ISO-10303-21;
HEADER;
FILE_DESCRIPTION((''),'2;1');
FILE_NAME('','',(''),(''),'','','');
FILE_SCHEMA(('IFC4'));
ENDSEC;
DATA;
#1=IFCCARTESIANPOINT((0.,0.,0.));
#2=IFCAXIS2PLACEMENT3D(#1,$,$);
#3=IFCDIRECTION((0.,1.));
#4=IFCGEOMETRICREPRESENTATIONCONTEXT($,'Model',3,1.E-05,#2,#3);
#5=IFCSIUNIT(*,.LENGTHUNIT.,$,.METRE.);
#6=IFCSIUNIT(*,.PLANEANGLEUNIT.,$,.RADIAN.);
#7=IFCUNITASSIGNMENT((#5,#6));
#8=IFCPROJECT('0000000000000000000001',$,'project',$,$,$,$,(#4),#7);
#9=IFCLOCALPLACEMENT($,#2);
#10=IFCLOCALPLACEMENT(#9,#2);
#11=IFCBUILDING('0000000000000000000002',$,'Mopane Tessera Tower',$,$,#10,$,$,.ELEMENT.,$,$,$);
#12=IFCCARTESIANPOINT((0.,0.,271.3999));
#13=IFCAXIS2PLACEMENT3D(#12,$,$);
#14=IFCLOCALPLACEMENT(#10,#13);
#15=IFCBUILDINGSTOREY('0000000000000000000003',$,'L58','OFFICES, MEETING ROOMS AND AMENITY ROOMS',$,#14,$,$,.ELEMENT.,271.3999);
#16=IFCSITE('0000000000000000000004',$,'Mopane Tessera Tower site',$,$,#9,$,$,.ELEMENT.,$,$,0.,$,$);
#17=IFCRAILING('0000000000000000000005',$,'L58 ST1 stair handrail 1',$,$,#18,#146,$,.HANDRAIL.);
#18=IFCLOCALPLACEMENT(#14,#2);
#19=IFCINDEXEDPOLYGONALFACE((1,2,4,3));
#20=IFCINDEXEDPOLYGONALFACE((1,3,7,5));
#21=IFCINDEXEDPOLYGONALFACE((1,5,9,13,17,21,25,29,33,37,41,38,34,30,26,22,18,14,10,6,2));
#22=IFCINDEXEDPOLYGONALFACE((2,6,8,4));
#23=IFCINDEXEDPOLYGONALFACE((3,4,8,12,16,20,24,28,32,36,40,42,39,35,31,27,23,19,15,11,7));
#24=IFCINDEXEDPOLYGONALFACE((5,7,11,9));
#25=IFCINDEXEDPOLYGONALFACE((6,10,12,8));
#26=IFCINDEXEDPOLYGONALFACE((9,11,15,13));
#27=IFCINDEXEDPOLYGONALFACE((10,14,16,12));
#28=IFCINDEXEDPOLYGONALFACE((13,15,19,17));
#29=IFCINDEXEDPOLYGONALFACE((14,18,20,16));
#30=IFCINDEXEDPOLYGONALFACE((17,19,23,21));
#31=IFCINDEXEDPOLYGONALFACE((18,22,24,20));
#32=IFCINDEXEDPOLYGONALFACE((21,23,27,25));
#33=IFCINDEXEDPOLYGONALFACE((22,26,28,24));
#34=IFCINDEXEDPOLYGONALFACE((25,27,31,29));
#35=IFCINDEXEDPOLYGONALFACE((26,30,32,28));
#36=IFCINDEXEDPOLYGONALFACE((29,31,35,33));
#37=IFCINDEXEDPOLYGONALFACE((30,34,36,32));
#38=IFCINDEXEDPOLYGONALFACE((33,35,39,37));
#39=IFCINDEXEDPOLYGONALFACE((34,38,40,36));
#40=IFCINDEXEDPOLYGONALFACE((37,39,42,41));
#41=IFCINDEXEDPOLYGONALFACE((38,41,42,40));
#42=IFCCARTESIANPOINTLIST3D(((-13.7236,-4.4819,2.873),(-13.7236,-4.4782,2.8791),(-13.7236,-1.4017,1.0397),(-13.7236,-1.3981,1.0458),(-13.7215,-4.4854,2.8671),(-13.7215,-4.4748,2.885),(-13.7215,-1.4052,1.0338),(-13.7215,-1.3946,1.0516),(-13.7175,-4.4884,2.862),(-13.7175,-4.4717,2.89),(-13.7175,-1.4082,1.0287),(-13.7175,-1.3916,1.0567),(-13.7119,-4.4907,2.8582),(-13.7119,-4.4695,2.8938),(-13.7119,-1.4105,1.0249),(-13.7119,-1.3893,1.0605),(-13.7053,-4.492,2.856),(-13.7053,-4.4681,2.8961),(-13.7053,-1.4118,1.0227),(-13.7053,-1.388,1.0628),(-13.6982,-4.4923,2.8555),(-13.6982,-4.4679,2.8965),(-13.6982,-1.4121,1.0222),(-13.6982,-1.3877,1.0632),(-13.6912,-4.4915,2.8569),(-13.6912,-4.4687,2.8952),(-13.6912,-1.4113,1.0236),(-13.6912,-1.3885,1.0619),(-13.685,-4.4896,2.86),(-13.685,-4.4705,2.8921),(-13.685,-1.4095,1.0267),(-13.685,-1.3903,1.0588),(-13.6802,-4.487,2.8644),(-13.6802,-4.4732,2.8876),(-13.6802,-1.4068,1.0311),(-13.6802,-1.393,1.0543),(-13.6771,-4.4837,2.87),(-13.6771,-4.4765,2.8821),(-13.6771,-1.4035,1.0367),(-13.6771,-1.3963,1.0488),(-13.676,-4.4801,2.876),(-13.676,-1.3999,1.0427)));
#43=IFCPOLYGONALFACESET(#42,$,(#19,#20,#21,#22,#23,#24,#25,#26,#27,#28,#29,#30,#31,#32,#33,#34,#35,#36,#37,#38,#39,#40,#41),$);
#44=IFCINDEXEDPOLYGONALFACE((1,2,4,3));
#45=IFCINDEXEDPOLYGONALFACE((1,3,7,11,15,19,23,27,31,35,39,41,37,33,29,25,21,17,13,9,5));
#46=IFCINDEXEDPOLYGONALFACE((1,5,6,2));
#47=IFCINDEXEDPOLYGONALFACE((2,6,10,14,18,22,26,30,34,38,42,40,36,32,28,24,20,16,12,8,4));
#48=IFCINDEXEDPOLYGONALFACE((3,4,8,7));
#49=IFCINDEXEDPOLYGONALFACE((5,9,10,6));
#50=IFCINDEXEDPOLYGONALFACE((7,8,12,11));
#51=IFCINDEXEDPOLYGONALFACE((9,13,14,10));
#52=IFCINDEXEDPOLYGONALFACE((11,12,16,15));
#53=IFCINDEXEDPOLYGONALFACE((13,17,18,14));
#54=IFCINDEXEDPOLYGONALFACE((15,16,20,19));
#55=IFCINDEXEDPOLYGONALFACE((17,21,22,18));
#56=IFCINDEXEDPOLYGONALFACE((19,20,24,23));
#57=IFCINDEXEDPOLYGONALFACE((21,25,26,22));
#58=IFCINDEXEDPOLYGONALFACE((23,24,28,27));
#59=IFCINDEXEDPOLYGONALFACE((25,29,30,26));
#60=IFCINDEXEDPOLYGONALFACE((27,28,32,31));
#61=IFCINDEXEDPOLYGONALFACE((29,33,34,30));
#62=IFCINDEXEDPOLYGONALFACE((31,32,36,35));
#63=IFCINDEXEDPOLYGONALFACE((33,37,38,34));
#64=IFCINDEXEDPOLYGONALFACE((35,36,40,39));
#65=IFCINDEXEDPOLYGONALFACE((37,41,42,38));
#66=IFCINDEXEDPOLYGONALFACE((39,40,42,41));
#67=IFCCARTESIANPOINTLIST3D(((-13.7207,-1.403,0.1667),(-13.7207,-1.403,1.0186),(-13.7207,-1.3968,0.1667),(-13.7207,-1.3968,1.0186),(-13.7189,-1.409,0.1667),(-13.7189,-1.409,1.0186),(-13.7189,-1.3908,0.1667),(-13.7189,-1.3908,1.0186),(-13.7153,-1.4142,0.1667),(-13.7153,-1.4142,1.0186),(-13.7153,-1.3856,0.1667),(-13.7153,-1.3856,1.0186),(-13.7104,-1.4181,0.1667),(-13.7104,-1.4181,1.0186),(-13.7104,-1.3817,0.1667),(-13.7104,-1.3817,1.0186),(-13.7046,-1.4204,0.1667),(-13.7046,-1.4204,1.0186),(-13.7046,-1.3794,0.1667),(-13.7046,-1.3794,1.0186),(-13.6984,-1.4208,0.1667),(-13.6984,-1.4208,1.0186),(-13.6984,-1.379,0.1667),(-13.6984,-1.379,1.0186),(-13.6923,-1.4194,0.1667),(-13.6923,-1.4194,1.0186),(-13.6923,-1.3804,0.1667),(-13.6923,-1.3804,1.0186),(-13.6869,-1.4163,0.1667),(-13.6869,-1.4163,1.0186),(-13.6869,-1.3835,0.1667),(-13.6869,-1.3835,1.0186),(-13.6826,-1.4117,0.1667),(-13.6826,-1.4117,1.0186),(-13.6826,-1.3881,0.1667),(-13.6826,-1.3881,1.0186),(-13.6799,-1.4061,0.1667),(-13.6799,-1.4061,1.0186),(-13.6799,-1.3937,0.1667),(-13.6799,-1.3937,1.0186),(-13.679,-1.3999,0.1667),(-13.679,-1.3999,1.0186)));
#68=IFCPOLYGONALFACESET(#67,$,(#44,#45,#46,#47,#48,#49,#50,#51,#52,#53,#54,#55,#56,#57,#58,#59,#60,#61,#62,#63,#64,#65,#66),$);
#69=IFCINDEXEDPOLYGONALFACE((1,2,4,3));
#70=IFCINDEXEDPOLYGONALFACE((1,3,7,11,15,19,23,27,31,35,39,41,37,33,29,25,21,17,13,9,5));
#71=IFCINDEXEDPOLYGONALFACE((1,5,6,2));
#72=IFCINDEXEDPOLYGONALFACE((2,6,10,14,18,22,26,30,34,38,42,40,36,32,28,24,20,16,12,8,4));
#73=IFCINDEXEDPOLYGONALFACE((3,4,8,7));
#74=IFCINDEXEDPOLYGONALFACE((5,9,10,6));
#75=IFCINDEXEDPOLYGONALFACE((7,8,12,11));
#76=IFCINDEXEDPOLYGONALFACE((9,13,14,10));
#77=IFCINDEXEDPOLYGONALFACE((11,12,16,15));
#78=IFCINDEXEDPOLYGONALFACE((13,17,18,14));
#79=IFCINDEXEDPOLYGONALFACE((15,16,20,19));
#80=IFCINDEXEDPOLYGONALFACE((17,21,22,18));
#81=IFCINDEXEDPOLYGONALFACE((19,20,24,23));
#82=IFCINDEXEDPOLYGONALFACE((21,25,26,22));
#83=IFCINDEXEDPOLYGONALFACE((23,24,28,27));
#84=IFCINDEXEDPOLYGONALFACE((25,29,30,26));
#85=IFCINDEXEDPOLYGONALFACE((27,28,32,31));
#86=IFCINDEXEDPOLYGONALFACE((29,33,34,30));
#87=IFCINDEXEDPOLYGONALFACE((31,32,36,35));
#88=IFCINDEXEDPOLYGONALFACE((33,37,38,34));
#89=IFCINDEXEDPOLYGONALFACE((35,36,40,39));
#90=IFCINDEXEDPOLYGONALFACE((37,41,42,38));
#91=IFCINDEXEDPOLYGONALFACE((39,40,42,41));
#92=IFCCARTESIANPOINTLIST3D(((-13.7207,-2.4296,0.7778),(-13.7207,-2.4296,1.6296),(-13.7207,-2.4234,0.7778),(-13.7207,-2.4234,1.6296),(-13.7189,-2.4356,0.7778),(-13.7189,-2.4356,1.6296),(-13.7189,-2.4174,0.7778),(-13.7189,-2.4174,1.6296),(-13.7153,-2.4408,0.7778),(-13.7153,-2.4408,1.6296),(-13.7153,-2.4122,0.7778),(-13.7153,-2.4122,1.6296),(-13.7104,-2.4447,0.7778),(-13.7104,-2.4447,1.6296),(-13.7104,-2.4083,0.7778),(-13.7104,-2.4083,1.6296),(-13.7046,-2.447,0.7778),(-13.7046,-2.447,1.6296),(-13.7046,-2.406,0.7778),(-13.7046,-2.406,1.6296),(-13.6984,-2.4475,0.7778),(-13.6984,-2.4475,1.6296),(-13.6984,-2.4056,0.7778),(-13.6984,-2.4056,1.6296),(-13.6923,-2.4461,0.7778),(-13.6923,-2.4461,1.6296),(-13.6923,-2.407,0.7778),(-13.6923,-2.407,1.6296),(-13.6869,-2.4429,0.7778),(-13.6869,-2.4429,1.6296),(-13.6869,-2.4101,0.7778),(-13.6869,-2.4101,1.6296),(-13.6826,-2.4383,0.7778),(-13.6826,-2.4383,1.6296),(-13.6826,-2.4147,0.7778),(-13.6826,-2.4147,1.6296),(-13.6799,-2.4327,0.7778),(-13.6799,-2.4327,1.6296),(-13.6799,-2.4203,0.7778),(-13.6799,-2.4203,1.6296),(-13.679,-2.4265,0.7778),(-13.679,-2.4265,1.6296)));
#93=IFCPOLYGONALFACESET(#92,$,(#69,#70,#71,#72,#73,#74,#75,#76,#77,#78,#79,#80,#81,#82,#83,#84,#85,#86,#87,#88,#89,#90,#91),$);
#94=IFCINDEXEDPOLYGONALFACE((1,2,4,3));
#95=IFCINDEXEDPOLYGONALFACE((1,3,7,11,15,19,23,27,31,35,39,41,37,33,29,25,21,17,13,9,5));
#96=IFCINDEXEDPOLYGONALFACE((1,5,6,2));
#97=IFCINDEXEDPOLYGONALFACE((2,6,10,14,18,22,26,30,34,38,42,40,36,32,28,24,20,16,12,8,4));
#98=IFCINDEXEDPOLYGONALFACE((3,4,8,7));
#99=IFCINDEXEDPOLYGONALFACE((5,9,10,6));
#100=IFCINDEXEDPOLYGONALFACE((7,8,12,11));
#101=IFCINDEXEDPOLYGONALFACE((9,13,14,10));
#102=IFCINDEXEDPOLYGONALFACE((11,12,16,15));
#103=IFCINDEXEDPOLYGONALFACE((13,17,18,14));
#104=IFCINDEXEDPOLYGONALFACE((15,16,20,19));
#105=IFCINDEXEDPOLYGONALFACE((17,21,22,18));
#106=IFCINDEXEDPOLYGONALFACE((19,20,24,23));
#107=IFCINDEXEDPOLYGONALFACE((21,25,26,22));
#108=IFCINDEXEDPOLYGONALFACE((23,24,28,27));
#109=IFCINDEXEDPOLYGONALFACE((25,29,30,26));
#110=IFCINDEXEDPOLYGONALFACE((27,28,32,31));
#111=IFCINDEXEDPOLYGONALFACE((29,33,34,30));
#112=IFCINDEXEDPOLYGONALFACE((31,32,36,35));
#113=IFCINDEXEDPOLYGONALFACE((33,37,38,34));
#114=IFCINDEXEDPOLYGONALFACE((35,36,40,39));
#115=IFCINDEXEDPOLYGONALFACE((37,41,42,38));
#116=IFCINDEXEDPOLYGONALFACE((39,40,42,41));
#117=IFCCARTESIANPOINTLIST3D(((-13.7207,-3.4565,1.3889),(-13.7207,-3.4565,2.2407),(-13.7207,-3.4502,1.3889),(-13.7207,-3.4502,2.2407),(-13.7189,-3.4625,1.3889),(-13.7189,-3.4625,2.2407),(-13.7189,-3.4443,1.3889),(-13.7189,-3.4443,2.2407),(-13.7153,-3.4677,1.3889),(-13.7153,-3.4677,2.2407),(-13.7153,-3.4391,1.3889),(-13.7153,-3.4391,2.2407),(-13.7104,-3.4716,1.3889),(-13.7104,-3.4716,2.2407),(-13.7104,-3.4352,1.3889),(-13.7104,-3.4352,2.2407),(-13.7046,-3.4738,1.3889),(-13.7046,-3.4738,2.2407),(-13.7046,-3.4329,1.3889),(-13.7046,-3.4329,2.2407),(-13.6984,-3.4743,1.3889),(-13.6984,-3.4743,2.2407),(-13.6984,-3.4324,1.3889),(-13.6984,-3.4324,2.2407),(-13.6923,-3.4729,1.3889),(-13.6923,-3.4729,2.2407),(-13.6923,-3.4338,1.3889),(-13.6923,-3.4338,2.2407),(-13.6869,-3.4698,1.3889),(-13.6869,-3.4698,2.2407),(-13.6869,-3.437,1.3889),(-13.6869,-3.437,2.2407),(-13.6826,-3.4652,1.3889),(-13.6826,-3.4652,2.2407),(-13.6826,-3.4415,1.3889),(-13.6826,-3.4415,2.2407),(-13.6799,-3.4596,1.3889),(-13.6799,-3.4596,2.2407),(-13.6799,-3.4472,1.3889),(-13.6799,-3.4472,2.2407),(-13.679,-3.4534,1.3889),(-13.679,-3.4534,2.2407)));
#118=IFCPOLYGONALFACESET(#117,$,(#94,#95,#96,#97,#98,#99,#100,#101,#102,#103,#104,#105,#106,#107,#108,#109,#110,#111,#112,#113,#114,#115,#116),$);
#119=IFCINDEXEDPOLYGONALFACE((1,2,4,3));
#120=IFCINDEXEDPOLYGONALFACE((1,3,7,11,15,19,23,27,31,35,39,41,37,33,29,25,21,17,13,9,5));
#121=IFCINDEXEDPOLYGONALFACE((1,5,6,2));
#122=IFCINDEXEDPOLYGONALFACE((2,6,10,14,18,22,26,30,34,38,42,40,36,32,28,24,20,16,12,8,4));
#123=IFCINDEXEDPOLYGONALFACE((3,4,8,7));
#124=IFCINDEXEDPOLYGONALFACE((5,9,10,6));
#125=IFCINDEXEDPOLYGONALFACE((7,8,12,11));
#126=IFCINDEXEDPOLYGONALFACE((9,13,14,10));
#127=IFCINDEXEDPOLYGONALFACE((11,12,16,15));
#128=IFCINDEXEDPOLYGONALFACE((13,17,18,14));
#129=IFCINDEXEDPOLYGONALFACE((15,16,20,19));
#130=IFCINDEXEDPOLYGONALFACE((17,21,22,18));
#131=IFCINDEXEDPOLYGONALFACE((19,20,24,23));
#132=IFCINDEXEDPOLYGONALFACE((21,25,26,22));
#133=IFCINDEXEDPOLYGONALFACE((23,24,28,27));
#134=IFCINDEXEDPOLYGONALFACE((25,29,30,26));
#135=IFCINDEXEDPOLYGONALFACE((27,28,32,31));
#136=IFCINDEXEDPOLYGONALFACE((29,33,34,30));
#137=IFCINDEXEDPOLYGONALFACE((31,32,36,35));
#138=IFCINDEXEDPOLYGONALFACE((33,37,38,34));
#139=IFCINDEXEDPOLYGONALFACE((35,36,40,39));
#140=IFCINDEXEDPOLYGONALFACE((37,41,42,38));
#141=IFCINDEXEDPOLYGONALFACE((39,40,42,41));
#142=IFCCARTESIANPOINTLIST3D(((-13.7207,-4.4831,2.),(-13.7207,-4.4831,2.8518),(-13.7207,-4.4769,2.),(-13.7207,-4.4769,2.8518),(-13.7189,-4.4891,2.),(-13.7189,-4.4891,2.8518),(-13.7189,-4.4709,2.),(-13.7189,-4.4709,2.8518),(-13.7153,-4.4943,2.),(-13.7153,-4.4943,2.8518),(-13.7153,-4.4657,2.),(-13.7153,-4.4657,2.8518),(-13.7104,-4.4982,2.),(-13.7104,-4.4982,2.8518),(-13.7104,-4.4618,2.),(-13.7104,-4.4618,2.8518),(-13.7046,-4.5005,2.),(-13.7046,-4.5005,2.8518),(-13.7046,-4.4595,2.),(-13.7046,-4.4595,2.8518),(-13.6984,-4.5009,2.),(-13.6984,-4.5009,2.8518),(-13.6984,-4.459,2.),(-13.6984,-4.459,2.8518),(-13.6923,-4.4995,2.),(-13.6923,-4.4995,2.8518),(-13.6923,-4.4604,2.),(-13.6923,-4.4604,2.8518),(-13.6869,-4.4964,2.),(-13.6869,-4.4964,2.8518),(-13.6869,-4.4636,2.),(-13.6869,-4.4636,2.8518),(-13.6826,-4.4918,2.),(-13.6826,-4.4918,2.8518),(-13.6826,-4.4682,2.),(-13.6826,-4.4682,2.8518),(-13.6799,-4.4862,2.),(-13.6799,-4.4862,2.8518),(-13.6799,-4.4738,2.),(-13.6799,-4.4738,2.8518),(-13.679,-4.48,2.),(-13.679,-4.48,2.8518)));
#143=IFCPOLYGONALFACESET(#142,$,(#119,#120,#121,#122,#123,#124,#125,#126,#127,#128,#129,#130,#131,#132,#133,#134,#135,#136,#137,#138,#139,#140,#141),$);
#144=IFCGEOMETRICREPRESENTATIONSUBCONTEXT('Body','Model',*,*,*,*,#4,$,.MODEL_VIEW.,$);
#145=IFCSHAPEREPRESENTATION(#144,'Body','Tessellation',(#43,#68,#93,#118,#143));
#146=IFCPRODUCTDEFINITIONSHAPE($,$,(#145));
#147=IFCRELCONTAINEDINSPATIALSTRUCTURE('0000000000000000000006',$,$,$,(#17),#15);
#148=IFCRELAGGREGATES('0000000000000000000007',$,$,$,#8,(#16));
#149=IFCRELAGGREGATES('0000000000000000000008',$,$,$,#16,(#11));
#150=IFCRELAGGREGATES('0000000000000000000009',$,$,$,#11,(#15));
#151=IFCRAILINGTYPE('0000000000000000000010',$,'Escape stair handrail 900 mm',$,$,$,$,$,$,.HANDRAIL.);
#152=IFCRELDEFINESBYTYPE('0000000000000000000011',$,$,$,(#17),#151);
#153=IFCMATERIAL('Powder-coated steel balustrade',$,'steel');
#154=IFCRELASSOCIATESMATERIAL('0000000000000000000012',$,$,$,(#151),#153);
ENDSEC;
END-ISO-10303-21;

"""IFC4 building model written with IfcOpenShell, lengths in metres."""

from ifc_helpers import new_model, si_unit, direction, frame, origin, origin_2d, place, context, subcontext, project, spatial, circle, extrude, material, type_object, element, save


model = new_model("IFC4")

# Units and contexts
model_context = context("Model", 3, precision=1e-05, world=origin(), true_north=direction((0.0, 1.0)))
body_context = subcontext(model_context, "Body", "Model", "MODEL_VIEW")
ifc_project = project(units=[si_unit("LENGTHUNIT", "METRE"), si_unit("PLANEANGLEUNIT", "RADIAN")], contexts=[model_context])

# Site, building, storey
site_placement = place(None, origin())
site = spatial("IfcSite", under=ifc_project, at=site_placement, Name="Mopane Tessera Tower site", CompositionType="ELEMENT", RefElevation=0.0)
building_placement = place(site_placement, origin())
building = spatial("IfcBuilding", under=site, at=building_placement, Name="Mopane Tessera Tower", CompositionType="ELEMENT")
storey_placement = place(building_placement, frame((0.0, 0.0, 271.3999)))
storey = spatial("IfcBuildingStorey", under=building, at=storey_placement, Name="L58", Description="OFFICES, MEETING ROOMS AND AMENITY ROOMS", CompositionType="ELEMENT", Elevation=271.3999)

# Railing
ifc_material_1 = material(Name="Powder-coated steel balustrade", Category="steel")
railing_type = type_object("IfcRailingType", Name="Escape stair handrail 900 mm", PredefinedType="HANDRAIL", material=ifc_material_1)
railing_placement = place(storey_placement, frame((-13.7, -1.3999, 0.1667)))
element("IfcRailing", 1, at=railing_placement, inside=storey, type_object=railing_type, Name="L58 ST1 stair handrail 1", PredefinedType="HANDRAIL", context=body_context, shape_type="SweptSolid", body=[
    extrude(circle(Radius=0.0239, at=origin_2d()), frame((0.0, 0.0, 0.876), z_axis=(0.0, -0.859309, 0.511458), x_axis=(1.0, 0.0, 0.0)), (0.0, 0.0, 1.0), 3.5845),
    extrude(circle(Radius=0.021, at=origin_2d()), origin(), (0.0, 0.0, 1.0), 0.8518),
    extrude(circle(Radius=0.021, at=origin_2d()), frame((0.0, -1.0266, 0.6111)), (0.0, 0.0, 1.0), 0.8518),
    extrude(circle(Radius=0.021, at=origin_2d()), frame((0.0, -2.0535, 1.2222)), (0.0, 0.0, 1.0), 0.8518),
    extrude(circle(Radius=0.021, at=origin_2d()), frame((0.0, -3.0801, 1.8333)), (0.0, 0.0, 1.0), 0.8518),
])

save(model, "model.ifc")
